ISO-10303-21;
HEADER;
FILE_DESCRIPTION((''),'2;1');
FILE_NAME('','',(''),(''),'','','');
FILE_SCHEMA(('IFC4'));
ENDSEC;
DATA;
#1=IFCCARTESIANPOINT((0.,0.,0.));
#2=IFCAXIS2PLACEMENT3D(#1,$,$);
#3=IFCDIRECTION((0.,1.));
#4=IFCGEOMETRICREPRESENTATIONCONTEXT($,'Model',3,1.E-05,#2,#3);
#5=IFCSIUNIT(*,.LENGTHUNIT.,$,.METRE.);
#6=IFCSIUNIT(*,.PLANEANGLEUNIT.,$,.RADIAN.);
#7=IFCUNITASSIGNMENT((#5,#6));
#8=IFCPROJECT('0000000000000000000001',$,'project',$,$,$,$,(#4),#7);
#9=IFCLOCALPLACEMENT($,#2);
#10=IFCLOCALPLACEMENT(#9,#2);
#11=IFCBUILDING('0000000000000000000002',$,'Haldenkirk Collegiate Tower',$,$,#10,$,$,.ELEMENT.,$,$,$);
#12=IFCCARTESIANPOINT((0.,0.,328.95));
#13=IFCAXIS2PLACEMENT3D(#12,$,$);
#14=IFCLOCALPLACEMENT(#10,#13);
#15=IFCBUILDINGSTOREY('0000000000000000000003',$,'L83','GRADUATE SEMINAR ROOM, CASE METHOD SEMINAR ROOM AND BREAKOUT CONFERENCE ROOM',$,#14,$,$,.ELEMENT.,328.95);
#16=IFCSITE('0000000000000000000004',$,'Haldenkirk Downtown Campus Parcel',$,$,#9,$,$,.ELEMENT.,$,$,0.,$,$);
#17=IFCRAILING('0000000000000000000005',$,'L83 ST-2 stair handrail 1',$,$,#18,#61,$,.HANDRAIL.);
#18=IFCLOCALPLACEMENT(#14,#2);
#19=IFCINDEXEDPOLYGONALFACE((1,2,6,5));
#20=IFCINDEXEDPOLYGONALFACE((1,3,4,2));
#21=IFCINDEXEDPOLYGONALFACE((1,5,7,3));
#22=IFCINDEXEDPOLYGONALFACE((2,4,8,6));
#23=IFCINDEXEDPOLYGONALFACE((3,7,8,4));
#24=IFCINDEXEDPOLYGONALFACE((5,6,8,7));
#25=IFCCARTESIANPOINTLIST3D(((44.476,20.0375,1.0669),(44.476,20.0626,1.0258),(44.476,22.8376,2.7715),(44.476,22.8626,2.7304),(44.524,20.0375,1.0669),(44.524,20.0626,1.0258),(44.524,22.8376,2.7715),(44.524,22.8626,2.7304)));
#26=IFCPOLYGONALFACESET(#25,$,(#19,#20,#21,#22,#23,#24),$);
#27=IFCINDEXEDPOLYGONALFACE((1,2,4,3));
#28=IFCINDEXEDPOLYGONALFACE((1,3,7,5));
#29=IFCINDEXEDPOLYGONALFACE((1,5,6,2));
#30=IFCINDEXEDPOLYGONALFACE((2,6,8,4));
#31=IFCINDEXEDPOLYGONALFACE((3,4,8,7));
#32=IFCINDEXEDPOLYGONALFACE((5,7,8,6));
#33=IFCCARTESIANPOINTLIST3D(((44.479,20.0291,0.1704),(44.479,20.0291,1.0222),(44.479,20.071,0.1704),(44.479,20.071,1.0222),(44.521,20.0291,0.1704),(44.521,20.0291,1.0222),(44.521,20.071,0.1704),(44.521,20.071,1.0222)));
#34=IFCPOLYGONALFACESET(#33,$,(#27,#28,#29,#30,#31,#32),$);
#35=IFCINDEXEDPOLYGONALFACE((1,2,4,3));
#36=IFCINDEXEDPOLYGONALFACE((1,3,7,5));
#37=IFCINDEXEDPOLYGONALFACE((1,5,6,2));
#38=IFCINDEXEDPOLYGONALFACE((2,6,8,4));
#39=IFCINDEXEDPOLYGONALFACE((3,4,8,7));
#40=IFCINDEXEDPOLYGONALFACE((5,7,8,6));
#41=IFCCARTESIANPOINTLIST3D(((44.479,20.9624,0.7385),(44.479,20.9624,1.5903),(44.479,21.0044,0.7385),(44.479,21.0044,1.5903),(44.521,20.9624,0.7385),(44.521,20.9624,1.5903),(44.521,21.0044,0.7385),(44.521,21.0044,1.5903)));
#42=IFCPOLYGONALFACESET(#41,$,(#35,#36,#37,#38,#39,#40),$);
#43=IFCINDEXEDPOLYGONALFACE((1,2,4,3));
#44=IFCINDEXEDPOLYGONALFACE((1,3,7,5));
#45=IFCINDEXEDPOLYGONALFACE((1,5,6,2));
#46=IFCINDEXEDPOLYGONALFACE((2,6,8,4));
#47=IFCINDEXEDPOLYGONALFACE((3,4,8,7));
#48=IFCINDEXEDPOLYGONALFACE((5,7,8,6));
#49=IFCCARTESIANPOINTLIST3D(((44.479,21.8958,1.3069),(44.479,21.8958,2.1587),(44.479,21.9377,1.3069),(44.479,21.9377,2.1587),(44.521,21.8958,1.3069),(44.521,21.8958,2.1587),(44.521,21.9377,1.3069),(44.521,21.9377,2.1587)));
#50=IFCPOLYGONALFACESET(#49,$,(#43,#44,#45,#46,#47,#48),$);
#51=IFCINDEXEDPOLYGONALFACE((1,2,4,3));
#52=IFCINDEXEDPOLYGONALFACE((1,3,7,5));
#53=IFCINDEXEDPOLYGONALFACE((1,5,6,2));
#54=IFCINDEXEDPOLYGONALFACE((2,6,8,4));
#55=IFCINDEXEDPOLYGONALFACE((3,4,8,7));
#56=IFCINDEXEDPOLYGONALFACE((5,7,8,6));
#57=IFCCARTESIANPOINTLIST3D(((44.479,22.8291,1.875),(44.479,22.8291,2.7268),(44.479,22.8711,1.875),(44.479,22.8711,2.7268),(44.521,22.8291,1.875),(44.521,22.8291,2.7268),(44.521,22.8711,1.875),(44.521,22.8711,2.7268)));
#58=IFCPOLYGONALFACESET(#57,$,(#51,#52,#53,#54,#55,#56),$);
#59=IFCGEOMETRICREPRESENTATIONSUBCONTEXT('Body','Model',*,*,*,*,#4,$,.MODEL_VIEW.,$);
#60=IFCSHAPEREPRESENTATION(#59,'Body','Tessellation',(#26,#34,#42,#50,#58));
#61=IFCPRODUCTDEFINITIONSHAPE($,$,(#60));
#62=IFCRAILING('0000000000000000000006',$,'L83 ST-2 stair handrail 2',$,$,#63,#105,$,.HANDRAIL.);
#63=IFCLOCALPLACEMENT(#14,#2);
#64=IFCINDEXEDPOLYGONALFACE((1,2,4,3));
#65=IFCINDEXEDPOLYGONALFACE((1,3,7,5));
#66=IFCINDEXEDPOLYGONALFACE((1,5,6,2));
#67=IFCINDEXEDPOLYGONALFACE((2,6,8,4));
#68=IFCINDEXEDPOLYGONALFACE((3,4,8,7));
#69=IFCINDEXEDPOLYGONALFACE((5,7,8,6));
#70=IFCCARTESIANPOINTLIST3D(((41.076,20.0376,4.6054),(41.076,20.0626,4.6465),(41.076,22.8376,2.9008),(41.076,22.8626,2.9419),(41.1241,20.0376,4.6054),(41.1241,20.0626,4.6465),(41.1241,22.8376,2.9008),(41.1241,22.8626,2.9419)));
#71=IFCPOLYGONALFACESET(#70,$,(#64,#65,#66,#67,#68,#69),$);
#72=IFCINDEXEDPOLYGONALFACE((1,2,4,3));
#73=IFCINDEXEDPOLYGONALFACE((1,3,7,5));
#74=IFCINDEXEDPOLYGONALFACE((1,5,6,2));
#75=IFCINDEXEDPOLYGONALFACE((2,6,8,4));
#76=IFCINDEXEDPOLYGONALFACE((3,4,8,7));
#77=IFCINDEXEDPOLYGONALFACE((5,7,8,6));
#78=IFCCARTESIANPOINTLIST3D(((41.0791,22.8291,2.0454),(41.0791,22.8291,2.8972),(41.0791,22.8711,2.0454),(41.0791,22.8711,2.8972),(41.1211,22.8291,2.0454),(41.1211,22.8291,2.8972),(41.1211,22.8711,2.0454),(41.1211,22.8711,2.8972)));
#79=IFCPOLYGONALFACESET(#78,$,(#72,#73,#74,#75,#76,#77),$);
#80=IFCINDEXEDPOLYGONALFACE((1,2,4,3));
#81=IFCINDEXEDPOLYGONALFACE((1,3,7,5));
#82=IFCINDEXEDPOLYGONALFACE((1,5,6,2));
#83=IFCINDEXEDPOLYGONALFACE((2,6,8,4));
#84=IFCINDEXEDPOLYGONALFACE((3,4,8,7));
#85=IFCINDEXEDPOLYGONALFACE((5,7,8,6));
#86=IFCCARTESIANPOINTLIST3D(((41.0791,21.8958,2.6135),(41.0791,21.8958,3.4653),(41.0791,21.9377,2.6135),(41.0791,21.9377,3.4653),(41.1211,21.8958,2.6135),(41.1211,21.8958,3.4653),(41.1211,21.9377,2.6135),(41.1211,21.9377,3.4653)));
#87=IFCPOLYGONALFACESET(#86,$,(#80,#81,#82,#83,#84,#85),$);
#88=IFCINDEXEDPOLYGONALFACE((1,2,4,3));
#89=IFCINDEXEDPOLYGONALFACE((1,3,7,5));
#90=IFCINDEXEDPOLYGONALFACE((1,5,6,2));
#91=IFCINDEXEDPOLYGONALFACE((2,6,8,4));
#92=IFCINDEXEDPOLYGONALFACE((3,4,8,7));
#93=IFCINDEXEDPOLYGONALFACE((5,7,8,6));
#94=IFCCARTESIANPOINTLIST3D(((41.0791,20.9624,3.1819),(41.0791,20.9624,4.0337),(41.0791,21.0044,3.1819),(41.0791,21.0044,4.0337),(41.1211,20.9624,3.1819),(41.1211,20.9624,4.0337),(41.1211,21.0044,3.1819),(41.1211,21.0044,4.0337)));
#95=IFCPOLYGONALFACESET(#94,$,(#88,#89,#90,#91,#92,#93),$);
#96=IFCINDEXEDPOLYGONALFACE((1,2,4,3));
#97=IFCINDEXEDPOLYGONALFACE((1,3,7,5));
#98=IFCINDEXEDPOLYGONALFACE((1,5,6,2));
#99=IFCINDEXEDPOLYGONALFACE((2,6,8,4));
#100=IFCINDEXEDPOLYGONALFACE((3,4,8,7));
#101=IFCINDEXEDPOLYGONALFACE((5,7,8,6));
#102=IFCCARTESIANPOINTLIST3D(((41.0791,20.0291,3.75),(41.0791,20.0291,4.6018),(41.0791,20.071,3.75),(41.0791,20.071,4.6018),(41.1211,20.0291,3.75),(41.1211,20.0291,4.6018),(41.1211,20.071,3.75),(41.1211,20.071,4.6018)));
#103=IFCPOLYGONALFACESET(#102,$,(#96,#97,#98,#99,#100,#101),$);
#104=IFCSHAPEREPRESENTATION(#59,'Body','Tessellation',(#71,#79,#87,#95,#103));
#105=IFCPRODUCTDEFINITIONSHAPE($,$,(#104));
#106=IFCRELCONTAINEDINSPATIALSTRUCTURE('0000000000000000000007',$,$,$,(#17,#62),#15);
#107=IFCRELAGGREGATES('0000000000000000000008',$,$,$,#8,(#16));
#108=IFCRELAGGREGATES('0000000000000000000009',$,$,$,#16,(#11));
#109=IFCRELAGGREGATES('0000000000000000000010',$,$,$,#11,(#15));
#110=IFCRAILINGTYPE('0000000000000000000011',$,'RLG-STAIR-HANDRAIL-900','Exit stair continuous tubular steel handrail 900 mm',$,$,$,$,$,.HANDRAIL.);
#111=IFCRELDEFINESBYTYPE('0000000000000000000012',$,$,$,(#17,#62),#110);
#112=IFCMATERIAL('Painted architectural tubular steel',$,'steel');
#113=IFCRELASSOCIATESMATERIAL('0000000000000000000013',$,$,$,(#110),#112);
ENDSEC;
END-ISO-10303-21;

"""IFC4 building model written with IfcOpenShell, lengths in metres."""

from ifc_helpers import new_model, si_unit, direction, frame, origin, origin_2d, place, context, subcontext, project, spatial, rectangle, extrude, material, type_object, element, save


model = new_model("IFC4")

# Units and contexts
model_context = context("Model", 3, precision=1e-05, world=origin(), true_north=direction((0.0, 1.0)))
body_context = subcontext(model_context, "Body", "Model", "MODEL_VIEW")
ifc_project = project(units=[si_unit("LENGTHUNIT", "METRE"), si_unit("PLANEANGLEUNIT", "RADIAN")], contexts=[model_context])

# Site, building, storey
site_placement = place(None, origin())
site = spatial("IfcSite", under=ifc_project, at=site_placement, Name="Haldenkirk Downtown Campus Parcel", CompositionType="ELEMENT", RefElevation=0.0)
building_placement = place(site_placement, origin())
building = spatial("IfcBuilding", under=site, at=building_placement, Name="Haldenkirk Collegiate Tower", CompositionType="ELEMENT")
storey_placement = place(building_placement, frame((0.0, 0.0, 328.95)))
storey = spatial("IfcBuildingStorey", under=building, at=storey_placement, Name="L83", Description="GRADUATE SEMINAR ROOM, CASE METHOD SEMINAR ROOM AND BREAKOUT CONFERENCE ROOM", CompositionType="ELEMENT", Elevation=328.95)

# Railings
ifc_material_1 = material(Name="Painted architectural tubular steel", Category="steel")
railing_type_1 = type_object("IfcRailingType", Name="RLG-STAIR-HANDRAIL-900", Description="Exit stair continuous tubular steel handrail 900 mm", PredefinedType="HANDRAIL", material=ifc_material_1)
railing_1_placement = place(storey_placement, frame((44.5, 20.05, 0.1704)))
element("IfcRailing", 1, at=railing_1_placement, inside=storey, type_object=railing_type_1, Name="L83 ST-2 stair handrail 1", PredefinedType="HANDRAIL", context=body_context, shape_type="SweptSolid", body=[
    extrude(rectangle(XDim=0.0481, YDim=0.0481, at=origin_2d()), frame((0.0, 0.0, 0.876), z_axis=(0.0, 0.85417, 0.519994), x_axis=(-1.0, 0.0, 0.0)), (0.0, 0.0, 1.0), 3.2781),
    extrude(rectangle(XDim=0.042, YDim=0.042, at=origin_2d()), origin(), (0.0, 0.0, 1.0), 0.8518),
    extrude(rectangle(XDim=0.042, YDim=0.042, at=origin_2d()), frame((0.0, 0.9333, 0.5681)), (0.0, 0.0, 1.0), 0.8518),
    extrude(rectangle(XDim=0.042, YDim=0.042, at=origin_2d()), frame((0.0, 1.8667, 1.1365)), (0.0, 0.0, 1.0), 0.8518),
    extrude(rectangle(XDim=0.042, YDim=0.042, at=origin_2d()), frame((0.0, 2.8, 1.7046)), (0.0, 0.0, 1.0), 0.8518),
])
railing_2_placement = place(storey_placement, frame((41.1001, 22.8501, 2.0454)))
element("IfcRailing", 2, at=railing_2_placement, inside=storey, type_object=railing_type_1, Name="L83 ST-2 stair handrail 2", PredefinedType="HANDRAIL", context=body_context, shape_type="SweptSolid", body=[
    extrude(rectangle(XDim=0.0481, YDim=0.0481, at=origin_2d()), frame((0.0, 0.0, 0.876), z_axis=(0.0, -0.85417, 0.519994), x_axis=(1.0, 0.0, 0.0)), (0.0, 0.0, 1.0), 3.2781),
    extrude(rectangle(XDim=0.042, YDim=0.042, at=origin_2d()), origin(), (0.0, 0.0, 1.0), 0.8518),
    extrude(rectangle(XDim=0.042, YDim=0.042, at=origin_2d()), frame((0.0, -0.9333, 0.5681)), (0.0, 0.0, 1.0), 0.8518),
    extrude(rectangle(XDim=0.042, YDim=0.042, at=origin_2d()), frame((0.0, -1.8667, 1.1365)), (0.0, 0.0, 1.0), 0.8518),
    extrude(rectangle(XDim=0.042, YDim=0.042, at=origin_2d()), frame((0.0, -2.8, 1.7046)), (0.0, 0.0, 1.0), 0.8518),
])

save(model, "model.ifc")
